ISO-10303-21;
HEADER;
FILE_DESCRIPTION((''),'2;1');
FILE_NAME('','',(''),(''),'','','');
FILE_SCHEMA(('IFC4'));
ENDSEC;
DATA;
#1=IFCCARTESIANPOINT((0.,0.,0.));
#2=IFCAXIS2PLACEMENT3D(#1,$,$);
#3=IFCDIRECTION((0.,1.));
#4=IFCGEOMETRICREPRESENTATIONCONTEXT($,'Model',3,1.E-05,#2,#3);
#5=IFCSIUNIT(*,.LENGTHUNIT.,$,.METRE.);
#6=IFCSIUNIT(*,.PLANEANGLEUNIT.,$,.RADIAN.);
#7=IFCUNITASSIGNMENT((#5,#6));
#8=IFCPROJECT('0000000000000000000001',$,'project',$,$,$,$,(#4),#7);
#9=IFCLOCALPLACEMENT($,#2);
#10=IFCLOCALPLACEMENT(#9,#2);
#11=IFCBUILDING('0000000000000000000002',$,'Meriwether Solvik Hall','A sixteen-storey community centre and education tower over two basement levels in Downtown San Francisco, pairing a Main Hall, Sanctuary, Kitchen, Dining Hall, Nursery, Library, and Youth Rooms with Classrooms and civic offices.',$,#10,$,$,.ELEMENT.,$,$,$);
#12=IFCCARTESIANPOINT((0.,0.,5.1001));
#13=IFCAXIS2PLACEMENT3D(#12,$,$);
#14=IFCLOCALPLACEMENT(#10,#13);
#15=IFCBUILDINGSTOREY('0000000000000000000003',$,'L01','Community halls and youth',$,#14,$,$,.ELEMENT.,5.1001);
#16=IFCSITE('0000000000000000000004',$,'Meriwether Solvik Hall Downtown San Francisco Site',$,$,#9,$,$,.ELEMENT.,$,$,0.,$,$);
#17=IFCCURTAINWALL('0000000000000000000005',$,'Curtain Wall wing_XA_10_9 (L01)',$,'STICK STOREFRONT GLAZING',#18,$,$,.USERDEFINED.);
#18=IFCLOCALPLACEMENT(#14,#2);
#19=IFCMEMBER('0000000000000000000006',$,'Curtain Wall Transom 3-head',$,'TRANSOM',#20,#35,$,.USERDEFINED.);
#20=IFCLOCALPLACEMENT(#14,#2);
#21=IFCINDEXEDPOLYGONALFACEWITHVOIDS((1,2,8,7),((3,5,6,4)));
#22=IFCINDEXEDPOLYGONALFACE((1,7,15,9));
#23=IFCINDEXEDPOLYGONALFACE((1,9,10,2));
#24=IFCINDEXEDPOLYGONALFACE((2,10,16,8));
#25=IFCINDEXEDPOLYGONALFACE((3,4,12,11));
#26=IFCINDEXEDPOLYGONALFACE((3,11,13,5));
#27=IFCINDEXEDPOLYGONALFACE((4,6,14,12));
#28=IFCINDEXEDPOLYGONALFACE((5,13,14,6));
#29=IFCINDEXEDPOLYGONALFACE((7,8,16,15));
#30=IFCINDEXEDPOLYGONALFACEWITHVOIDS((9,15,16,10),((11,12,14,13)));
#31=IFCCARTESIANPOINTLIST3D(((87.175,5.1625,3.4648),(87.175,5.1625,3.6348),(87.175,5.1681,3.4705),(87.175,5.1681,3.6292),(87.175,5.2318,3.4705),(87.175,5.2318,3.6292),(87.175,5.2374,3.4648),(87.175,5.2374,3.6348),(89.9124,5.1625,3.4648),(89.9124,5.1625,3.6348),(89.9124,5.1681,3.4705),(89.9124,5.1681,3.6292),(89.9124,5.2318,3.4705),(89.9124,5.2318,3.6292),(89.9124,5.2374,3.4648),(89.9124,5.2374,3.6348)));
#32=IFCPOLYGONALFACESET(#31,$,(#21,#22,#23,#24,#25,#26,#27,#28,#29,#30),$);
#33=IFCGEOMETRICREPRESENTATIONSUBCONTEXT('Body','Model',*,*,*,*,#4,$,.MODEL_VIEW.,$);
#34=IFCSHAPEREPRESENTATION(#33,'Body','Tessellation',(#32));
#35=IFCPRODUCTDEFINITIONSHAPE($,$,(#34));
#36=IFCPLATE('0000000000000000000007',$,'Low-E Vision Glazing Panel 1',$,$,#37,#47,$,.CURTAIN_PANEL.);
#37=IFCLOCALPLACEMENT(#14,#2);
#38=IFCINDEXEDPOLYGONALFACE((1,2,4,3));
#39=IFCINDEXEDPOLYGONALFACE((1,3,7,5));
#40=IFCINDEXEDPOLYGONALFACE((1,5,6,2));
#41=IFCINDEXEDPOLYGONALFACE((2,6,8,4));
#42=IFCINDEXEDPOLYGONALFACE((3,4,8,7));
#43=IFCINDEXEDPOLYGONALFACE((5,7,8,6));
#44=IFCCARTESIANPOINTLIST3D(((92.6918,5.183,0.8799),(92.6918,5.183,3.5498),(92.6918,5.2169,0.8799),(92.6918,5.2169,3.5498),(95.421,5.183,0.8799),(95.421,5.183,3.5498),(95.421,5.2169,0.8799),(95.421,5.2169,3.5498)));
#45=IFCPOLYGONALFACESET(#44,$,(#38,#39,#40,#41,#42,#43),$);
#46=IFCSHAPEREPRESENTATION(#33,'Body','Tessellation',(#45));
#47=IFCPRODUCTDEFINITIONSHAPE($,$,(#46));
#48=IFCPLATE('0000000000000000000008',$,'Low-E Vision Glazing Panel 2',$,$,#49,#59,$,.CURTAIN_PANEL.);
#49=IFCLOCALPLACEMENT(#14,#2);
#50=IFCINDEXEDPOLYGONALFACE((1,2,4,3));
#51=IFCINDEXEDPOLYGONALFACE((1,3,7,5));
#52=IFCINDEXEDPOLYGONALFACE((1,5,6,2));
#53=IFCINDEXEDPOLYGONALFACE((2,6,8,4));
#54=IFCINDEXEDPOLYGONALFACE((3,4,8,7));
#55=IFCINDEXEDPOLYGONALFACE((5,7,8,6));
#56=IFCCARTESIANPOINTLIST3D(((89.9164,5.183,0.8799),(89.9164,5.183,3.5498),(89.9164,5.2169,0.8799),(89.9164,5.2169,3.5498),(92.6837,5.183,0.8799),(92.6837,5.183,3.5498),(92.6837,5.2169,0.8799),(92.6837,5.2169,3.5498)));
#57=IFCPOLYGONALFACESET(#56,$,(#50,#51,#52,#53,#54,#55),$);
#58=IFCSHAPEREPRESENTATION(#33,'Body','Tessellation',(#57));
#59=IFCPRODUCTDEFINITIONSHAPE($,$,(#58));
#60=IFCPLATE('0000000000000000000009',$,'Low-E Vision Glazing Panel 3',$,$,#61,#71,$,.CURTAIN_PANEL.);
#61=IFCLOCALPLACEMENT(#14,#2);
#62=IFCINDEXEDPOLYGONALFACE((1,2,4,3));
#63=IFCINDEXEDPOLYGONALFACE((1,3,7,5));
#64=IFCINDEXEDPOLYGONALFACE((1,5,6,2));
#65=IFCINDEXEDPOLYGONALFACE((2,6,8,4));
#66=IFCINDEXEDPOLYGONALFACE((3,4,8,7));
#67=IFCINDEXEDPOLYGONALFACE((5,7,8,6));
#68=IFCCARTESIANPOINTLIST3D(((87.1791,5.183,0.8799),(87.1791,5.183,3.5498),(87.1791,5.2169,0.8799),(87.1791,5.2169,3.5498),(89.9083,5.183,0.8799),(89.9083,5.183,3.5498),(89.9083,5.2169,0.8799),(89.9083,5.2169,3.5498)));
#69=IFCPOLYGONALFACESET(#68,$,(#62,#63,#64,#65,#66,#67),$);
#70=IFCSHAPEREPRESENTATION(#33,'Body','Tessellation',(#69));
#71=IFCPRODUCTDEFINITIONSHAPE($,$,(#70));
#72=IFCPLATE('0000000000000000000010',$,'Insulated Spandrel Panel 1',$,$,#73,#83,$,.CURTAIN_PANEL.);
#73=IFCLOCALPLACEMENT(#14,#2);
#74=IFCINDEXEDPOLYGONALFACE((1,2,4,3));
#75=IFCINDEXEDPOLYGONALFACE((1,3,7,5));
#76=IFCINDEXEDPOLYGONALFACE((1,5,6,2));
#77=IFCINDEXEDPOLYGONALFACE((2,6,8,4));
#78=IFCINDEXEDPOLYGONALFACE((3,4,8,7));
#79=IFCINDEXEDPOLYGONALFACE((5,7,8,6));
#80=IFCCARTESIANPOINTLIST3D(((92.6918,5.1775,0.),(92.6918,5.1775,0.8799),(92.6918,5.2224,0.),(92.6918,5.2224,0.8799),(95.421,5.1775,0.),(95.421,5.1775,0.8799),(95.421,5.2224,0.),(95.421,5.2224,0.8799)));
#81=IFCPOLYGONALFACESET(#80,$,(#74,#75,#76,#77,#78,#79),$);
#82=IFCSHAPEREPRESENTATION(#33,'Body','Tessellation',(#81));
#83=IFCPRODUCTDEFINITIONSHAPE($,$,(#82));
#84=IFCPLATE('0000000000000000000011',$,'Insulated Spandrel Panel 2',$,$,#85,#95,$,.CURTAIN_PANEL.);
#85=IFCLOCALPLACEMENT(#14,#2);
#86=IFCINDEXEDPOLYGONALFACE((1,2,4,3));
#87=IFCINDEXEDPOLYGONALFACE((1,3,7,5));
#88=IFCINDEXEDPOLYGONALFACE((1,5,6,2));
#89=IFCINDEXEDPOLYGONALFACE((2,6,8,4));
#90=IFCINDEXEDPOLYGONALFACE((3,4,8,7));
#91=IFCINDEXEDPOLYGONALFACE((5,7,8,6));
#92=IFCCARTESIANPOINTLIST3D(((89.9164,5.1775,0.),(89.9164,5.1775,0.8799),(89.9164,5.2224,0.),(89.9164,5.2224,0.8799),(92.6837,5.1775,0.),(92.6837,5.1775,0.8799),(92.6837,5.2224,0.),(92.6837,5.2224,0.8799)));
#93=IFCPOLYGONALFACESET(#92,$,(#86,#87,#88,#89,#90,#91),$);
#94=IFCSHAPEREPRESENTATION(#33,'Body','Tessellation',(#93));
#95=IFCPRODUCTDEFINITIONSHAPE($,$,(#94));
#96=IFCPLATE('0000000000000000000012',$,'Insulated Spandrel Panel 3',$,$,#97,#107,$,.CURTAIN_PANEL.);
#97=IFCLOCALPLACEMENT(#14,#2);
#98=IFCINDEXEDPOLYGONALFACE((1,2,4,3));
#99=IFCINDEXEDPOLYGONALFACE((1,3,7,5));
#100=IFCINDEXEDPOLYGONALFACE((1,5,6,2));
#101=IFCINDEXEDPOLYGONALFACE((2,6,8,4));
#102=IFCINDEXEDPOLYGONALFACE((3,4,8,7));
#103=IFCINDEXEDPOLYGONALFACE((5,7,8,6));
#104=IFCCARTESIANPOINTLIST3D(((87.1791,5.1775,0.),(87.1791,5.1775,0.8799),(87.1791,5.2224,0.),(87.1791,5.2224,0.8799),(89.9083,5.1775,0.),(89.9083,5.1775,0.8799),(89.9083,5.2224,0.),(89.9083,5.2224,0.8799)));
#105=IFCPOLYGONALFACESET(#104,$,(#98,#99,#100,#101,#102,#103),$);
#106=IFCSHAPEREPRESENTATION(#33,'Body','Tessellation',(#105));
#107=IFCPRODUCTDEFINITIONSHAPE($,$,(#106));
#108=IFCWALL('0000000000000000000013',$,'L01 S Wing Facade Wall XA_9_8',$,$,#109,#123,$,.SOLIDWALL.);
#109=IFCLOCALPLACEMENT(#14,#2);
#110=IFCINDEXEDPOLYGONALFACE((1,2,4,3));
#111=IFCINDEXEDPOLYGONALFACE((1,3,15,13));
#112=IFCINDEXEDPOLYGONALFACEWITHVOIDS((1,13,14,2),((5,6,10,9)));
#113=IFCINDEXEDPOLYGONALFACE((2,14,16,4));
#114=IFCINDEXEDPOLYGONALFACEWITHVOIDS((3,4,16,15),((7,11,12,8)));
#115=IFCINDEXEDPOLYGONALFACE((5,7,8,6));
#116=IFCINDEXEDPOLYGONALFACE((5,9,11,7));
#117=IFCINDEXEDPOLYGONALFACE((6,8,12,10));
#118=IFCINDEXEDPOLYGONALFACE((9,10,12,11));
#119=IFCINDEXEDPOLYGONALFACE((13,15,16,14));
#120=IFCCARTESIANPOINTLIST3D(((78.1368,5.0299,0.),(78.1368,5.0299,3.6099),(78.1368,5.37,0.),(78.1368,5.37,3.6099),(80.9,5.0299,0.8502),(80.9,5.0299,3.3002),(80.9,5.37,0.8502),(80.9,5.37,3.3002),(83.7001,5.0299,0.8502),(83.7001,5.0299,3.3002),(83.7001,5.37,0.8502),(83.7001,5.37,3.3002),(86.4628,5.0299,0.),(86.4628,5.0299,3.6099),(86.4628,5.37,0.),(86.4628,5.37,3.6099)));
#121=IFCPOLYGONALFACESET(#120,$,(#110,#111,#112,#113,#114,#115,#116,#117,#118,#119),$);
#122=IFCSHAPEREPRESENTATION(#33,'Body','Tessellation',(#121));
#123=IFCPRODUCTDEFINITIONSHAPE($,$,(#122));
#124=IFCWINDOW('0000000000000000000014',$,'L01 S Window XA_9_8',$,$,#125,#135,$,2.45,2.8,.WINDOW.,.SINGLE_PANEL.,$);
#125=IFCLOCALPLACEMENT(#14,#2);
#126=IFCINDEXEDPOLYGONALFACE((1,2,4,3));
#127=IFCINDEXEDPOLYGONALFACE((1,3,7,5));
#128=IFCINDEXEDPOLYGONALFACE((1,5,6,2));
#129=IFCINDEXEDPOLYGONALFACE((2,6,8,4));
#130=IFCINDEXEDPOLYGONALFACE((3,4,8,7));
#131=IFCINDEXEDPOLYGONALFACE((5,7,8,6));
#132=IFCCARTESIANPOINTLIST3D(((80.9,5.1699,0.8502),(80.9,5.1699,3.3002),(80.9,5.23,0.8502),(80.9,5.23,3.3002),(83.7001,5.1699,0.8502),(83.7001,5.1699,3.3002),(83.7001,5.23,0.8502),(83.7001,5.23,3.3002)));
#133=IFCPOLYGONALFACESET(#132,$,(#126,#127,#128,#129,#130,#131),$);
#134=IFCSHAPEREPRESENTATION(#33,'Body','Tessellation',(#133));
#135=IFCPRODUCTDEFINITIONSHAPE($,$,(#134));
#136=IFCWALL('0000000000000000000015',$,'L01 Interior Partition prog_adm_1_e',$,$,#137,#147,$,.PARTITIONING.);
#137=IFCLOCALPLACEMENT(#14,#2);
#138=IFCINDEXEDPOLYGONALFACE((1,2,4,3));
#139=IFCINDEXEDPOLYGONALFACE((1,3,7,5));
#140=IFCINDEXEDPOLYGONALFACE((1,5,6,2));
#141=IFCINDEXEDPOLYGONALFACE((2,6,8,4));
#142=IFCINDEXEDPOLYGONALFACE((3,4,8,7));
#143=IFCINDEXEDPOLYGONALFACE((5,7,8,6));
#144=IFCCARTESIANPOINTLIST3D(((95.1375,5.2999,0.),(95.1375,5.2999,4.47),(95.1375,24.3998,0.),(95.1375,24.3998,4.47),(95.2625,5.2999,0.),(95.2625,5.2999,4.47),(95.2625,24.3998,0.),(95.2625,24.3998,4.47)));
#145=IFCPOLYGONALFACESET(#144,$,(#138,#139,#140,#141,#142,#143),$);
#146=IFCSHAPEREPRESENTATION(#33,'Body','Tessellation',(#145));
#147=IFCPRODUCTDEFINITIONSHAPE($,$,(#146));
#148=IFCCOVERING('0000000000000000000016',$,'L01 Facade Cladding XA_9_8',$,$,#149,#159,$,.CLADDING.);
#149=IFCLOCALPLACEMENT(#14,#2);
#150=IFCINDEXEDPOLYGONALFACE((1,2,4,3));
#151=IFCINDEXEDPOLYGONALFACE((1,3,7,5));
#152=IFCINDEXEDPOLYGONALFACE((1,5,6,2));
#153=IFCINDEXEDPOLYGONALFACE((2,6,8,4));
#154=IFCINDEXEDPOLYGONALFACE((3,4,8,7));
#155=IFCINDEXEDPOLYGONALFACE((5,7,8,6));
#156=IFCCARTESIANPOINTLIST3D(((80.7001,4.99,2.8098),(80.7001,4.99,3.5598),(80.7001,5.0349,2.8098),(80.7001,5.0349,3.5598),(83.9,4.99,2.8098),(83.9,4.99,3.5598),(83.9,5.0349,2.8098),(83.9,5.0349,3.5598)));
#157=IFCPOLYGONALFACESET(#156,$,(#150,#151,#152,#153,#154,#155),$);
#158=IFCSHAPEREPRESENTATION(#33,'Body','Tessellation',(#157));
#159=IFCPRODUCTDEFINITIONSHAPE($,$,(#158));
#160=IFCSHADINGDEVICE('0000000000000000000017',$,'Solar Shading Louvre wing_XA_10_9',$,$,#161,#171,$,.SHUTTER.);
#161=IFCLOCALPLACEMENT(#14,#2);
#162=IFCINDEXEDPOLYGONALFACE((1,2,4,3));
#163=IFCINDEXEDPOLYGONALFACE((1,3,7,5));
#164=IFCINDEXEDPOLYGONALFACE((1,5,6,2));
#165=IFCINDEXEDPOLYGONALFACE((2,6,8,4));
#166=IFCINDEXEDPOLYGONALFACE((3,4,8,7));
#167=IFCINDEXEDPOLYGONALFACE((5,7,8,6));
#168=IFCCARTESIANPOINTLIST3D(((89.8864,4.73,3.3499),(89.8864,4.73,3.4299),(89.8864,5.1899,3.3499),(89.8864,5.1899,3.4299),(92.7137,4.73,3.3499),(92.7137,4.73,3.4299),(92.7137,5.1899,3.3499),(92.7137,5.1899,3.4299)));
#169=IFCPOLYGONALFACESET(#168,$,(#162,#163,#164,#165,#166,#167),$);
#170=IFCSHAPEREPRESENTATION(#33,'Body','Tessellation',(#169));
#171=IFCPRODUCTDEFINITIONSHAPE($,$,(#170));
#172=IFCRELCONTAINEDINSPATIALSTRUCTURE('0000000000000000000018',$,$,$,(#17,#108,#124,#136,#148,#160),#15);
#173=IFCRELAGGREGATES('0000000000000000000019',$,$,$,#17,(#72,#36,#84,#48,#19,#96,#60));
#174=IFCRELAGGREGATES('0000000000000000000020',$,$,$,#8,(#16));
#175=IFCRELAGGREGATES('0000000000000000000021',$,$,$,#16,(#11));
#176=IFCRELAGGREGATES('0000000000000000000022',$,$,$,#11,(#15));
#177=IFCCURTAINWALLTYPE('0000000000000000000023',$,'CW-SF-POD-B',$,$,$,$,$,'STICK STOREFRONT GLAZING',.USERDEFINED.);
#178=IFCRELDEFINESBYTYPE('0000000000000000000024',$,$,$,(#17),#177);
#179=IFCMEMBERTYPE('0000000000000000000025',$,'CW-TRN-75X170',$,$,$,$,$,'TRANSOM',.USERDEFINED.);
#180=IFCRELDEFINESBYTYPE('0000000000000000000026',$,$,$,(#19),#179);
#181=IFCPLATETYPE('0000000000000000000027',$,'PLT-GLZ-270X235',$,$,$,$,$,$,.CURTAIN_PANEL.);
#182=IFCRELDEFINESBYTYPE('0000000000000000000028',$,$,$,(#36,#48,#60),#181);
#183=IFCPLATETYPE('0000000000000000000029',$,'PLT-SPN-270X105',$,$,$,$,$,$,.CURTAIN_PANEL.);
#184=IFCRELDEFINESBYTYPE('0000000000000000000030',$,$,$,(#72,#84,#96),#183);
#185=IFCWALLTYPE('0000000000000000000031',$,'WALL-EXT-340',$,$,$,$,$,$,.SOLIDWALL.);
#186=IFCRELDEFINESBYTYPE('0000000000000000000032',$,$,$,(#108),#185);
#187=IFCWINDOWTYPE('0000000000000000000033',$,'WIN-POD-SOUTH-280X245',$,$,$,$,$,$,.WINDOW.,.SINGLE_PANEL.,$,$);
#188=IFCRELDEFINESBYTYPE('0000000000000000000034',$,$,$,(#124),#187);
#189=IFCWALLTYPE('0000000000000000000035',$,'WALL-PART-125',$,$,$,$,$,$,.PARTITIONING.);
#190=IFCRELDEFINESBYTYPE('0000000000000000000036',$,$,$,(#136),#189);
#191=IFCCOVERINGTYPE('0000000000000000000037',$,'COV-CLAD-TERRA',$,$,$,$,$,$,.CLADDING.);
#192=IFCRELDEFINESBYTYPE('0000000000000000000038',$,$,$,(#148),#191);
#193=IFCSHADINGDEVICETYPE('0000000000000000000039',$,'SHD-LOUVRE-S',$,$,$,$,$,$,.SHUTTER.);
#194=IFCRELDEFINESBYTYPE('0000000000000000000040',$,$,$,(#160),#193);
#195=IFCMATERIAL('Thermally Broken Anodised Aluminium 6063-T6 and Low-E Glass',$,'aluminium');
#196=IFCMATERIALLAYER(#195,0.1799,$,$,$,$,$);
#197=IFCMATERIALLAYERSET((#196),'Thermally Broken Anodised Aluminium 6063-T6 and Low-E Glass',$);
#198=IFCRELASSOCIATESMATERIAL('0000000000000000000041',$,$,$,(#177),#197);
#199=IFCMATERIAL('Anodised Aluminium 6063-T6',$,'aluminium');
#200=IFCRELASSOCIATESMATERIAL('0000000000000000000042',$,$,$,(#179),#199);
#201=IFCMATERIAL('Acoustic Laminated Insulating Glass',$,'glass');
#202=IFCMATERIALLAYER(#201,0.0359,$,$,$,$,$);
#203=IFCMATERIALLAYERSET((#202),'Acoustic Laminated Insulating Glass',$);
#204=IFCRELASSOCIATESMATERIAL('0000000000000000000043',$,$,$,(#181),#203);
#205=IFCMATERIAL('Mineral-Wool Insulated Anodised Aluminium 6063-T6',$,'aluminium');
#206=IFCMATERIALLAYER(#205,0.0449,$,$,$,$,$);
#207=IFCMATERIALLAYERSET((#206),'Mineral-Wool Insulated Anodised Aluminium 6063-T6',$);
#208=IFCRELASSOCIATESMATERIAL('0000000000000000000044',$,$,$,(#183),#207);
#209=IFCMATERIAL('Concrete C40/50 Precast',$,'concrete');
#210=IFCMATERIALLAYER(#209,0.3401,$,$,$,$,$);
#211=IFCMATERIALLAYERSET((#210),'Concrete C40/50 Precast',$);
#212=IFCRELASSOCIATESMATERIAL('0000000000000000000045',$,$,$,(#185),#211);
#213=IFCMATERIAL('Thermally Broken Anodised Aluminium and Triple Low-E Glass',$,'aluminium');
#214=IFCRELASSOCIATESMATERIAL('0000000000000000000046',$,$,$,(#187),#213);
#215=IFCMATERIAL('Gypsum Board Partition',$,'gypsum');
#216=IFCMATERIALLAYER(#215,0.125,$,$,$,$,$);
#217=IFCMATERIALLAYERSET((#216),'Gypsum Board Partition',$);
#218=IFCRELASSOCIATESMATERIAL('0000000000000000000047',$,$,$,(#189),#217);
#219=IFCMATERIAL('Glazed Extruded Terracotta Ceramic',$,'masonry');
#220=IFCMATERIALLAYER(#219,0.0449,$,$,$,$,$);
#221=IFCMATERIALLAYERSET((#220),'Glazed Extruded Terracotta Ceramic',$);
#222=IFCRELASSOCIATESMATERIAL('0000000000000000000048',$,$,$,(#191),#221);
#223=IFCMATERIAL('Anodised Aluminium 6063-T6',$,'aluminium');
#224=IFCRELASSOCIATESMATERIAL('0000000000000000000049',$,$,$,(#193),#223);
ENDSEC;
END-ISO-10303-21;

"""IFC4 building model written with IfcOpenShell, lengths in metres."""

from ifc_helpers import new_model, si_unit, direction, frame, frame_2d, origin, origin_2d, place, context, subcontext, project, spatial, rectangle, hollow_rectangle, extrude, material, layer, layer_set, material_profile, profile_set, type_object, element, fill, aggregate, save


model = new_model("IFC4")

# Units and contexts
model_context = context("Model", 3, precision=1e-05, world=origin(), true_north=direction((0.0, 1.0)))
body_context = subcontext(model_context, "Body", "Model", "MODEL_VIEW")
ifc_project = project(units=[si_unit("LENGTHUNIT", "METRE"), si_unit("PLANEANGLEUNIT", "RADIAN")], contexts=[model_context])

# Site, building, storey
site_placement = place(None, origin())
site = spatial("IfcSite", under=ifc_project, at=site_placement, Name="Meriwether Solvik Hall Downtown San Francisco Site", CompositionType="ELEMENT", RefElevation=0.0)
building_placement = place(site_placement, origin())
building = spatial("IfcBuilding", under=site, at=building_placement, Name="Meriwether Solvik Hall", Description="A sixteen-storey community centre and education tower over two basement levels in Downtown San Francisco, pairing a Main Hall, Sanctuary, Kitchen, Dining Hall, Nursery, Library, and Youth Rooms with Classrooms and civic offices.", CompositionType="ELEMENT")
storey_placement = place(building_placement, frame((0.0, 0.0, 5.1001)))
storey = spatial("IfcBuildingStorey", under=building, at=storey_placement, Name="L01", Description="Community halls and youth", CompositionType="ELEMENT", Elevation=5.1001)

# Curtain wall, member, plates
ifc_material_1 = material(Name="Thermally Broken Anodised Aluminium 6063-T6 and Low-E Glass", Category="aluminium")
ifc_layer_1 = layer(ifc_material_1, 0.1799)
ifc_layer_set_1 = layer_set([ifc_layer_1], Name="Thermally Broken Anodised Aluminium 6063-T6 and Low-E Glass")
curtain_wall_type = type_object("IfcCurtainWallType", Name="CW-SF-POD-B", ElementType="STICK STOREFRONT GLAZING", PredefinedType="USERDEFINED", material=ifc_layer_set_1)
curtain_wall_placement = place(storey_placement, origin())
curtain_wall = element("IfcCurtainWall", 1, at=curtain_wall_placement, inside=storey, type_object=curtain_wall_type, Name="Curtain Wall wing_XA_10_9 (L01)", ObjectType="STICK STOREFRONT GLAZING", PredefinedType="USERDEFINED")
ifc_material_2 = material(Name="Anodised Aluminium 6063-T6", Category="aluminium")
ifc_material_profile_1 = material_profile(ifc_material_2, hollow_rectangle(XDim=0.075, YDim=0.1699, WallThickness=0.0056, at=origin_2d()), Name="CWT-75X170")
ifc_profile_set_1 = profile_set([ifc_material_profile_1], Name="Anodised Aluminium 6063-T6")
member_type_1 = type_object("IfcMemberType", Name="CW-TRN-75X170", ElementType="TRANSOM", PredefinedType="USERDEFINED", material=ifc_profile_set_1)
member_1_placement = place(storey_placement, frame((89.9124, 5.2, 3.5498), z_axis=(-1.0, 0.0, 0.0), x_axis=(0.0, -1.0, 0.0)))
member_1 = element("IfcMember", 2, at=member_1_placement, type_object=member_type_1, Name="Curtain Wall Transom 3-head", ObjectType="TRANSOM", PredefinedType="USERDEFINED", context=body_context, shape_type="SweptSolid", body=[
    extrude(hollow_rectangle(XDim=0.075, YDim=0.1699, WallThickness=0.0056, at=origin_2d()), origin(), (0.0, 0.0, 1.0), 2.7373),
])
ifc_material_3 = material(Name="Acoustic Laminated Insulating Glass", Category="glass")
ifc_layer_2 = layer(ifc_material_3, 0.0359)
ifc_layer_set_2 = layer_set([ifc_layer_2], Name="Acoustic Laminated Insulating Glass")
plate_type_1 = type_object("IfcPlateType", Name="PLT-GLZ-270X235", PredefinedType="CURTAIN_PANEL", material=ifc_layer_set_2)
plate_1_placement = place(storey_placement, frame((94.0564, 5.2, 0.8799), z_axis=(0.0, 0.0, 1.0), x_axis=(-1.0, 0.0, 0.0)))
plate_1 = element("IfcPlate", 3, at=plate_1_placement, type_object=plate_type_1, Name="Low-E Vision Glazing Panel 1", PredefinedType="CURTAIN_PANEL", context=body_context, shape_type="SweptSolid", body=[
    extrude(rectangle(XDim=2.7292, YDim=0.0339, at=origin_2d()), origin(), (0.0, 0.0, 1.0), 2.6699),
])
plate_2_placement = place(storey_placement, frame((91.3, 5.2, 0.8799), z_axis=(0.0, 0.0, 1.0), x_axis=(-1.0, 0.0, 0.0)))
plate_2 = element("IfcPlate", 4, at=plate_2_placement, type_object=plate_type_1, Name="Low-E Vision Glazing Panel 2", PredefinedType="CURTAIN_PANEL", context=body_context, shape_type="SweptSolid", body=[
    extrude(rectangle(XDim=2.7673, YDim=0.0339, at=origin_2d()), origin(), (0.0, 0.0, 1.0), 2.6699),
])
plate_3_placement = place(storey_placement, frame((88.5437, 5.2, 0.8799), z_axis=(0.0, 0.0, 1.0), x_axis=(-1.0, 0.0, 0.0)))
plate_3 = element("IfcPlate", 5, at=plate_3_placement, type_object=plate_type_1, Name="Low-E Vision Glazing Panel 3", PredefinedType="CURTAIN_PANEL", context=body_context, shape_type="SweptSolid", body=[
    extrude(rectangle(XDim=2.7292, YDim=0.0339, at=origin_2d()), origin(), (0.0, 0.0, 1.0), 2.6699),
])
ifc_material_4 = material(Name="Mineral-Wool Insulated Anodised Aluminium 6063-T6", Category="aluminium")
ifc_layer_3 = layer(ifc_material_4, 0.0449)
ifc_layer_set_3 = layer_set([ifc_layer_3], Name="Mineral-Wool Insulated Anodised Aluminium 6063-T6")
plate_type_2 = type_object("IfcPlateType", Name="PLT-SPN-270X105", PredefinedType="CURTAIN_PANEL", material=ifc_layer_set_3)
plate_4_placement = place(storey_placement, frame((94.0564, 5.2, 0.0), z_axis=(0.0, 0.0, 1.0), x_axis=(-1.0, 0.0, 0.0)))
plate_4 = element("IfcPlate", 6, at=plate_4_placement, type_object=plate_type_2, Name="Insulated Spandrel Panel 1", PredefinedType="CURTAIN_PANEL", context=body_context, shape_type="SweptSolid", body=[
    extrude(rectangle(XDim=2.7292, YDim=0.0449, at=origin_2d()), origin(), (0.0, 0.0, 1.0), 0.8799),
])
plate_5_placement = place(storey_placement, frame((91.3, 5.2, 0.0), z_axis=(0.0, 0.0, 1.0), x_axis=(-1.0, 0.0, 0.0)))
plate_5 = element("IfcPlate", 7, at=plate_5_placement, type_object=plate_type_2, Name="Insulated Spandrel Panel 2", PredefinedType="CURTAIN_PANEL", context=body_context, shape_type="SweptSolid", body=[
    extrude(rectangle(XDim=2.7673, YDim=0.0449, at=origin_2d()), origin(), (0.0, 0.0, 1.0), 0.8799),
])
plate_6_placement = place(storey_placement, frame((88.5437, 5.2, 0.0), z_axis=(0.0, 0.0, 1.0), x_axis=(-1.0, 0.0, 0.0)))
plate_6 = element("IfcPlate", 8, at=plate_6_placement, type_object=plate_type_2, Name="Insulated Spandrel Panel 3", PredefinedType="CURTAIN_PANEL", context=body_context, shape_type="SweptSolid", body=[
    extrude(rectangle(XDim=2.7292, YDim=0.0449, at=origin_2d()), origin(), (0.0, 0.0, 1.0), 0.8799),
])
aggregate(curtain_wall, [plate_4, plate_1, plate_5, plate_2, member_1, plate_6, plate_3])

# Wall, opening, window
ifc_material_5 = material(Name="Concrete C40/50 Precast", Category="concrete")
ifc_layer_4 = layer(ifc_material_5, 0.3401)
ifc_layer_set_4 = layer_set([ifc_layer_4], Name="Concrete C40/50 Precast")
wall_type_1 = type_object("IfcWallType", Name="WALL-EXT-340", PredefinedType="SOLIDWALL", material=ifc_layer_set_4)
wall_1_placement = place(storey_placement, frame((86.4629, 5.2, 0.0), z_axis=(0.0, 0.0, 1.0), x_axis=(-1.0, 0.0, 0.0)))
wall_1 = element("IfcWall", 9, at=wall_1_placement, inside=storey, type_object=wall_type_1, Name="L01 S Wing Facade Wall XA_9_8", PredefinedType="SOLIDWALL", context=body_context, shape_type="SweptSolid", body=[
    extrude(rectangle(XDim=8.3259, YDim=0.3401, at=frame_2d((4.1631, 0.0))), origin(), (0.0, 0.0, 1.0), 3.6099),
])
opening_placement = place(wall_1_placement, frame((2.7629, 0.0, 0.8501)))
opening = element("IfcOpeningElement", 10, at=opening_placement, cuts=wall_1, PredefinedType="OPENING", context=body_context, shape_type="SweptSolid", body=[
    extrude(rectangle(XDim=2.8, YDim=2.45, at=frame_2d((1.3999, 1.2251))), frame((0.0, 0.1821, 0.0), z_axis=(0.0, -1.0, 0.0), x_axis=(1.0, 0.0, 0.0)), (0.0, 0.0, 1.0), 0.364),
])
ifc_material_6 = material(Name="Thermally Broken Anodised Aluminium and Triple Low-E Glass", Category="aluminium")
window_type = type_object("IfcWindowType", Name="WIN-POD-SOUTH-280X245", PartitioningType="SINGLE_PANEL", PredefinedType="WINDOW", material=ifc_material_6)
window_placement = place(opening_placement, origin())
window = element("IfcWindow", 11, at=window_placement, inside=storey, type_object=window_type, Name="L01 S Window XA_9_8", OverallHeight=2.45, OverallWidth=2.8, PartitioningType="SINGLE_PANEL", PredefinedType="WINDOW", context=body_context, shape_type="SweptSolid", body=[
    extrude(rectangle(XDim=2.8, YDim=2.45, at=frame_2d((1.3999, 1.2251))), frame((0.0, 0.03, 0.0), z_axis=(0.0, -1.0, 0.0), x_axis=(1.0, 0.0, 0.0)), (0.0, 0.0, 1.0), 0.0601),
])
fill(opening, window)

# Wall
ifc_material_7 = material(Name="Gypsum Board Partition", Category="gypsum")
ifc_layer_5 = layer(ifc_material_7, 0.125)
ifc_layer_set_5 = layer_set([ifc_layer_5], Name="Gypsum Board Partition")
wall_type_2 = type_object("IfcWallType", Name="WALL-PART-125", PredefinedType="PARTITIONING", material=ifc_layer_set_5)
wall_2_placement = place(storey_placement, frame((95.2, 5.3, 0.0), z_axis=(0.0, 0.0, 1.0), x_axis=(0.0, 1.0, 0.0)))
element("IfcWall", 12, at=wall_2_placement, inside=storey, type_object=wall_type_2, Name="L01 Interior Partition prog_adm_1_e", PredefinedType="PARTITIONING", context=body_context, shape_type="SweptSolid", body=[
    extrude(rectangle(XDim=19.0999, YDim=0.125, at=frame_2d((9.5498, 0.0))), origin(), (0.0, 0.0, 1.0), 4.47),
])

# Covering
ifc_material_8 = material(Name="Glazed Extruded Terracotta Ceramic", Category="masonry")
ifc_layer_6 = layer(ifc_material_8, 0.0449)
ifc_layer_set_6 = layer_set([ifc_layer_6], Name="Glazed Extruded Terracotta Ceramic")
covering_type = type_object("IfcCoveringType", Name="COV-CLAD-TERRA", PredefinedType="CLADDING", material=ifc_layer_set_6)
covering_placement = place(storey_placement, frame((82.3, 5.0125, 2.8098), z_axis=(0.0, 0.0, 1.0), x_axis=(-1.0, 0.0, 0.0)))
element("IfcCovering", 13, at=covering_placement, inside=storey, type_object=covering_type, Name="L01 Facade Cladding XA_9_8", PredefinedType="CLADDING", context=body_context, shape_type="SweptSolid", body=[
    extrude(rectangle(XDim=3.2, YDim=0.0449, at=origin_2d()), origin(), (0.0, 0.0, 1.0), 0.75),
])

# Shading device
ifc_material_9 = material(Name="Anodised Aluminium 6063-T6", Category="aluminium")
shading_device_type = type_object("IfcShadingDeviceType", Name="SHD-LOUVRE-S", PredefinedType="SHUTTER", material=ifc_material_9)
shading_device_placement = place(storey_placement, frame((91.3, 4.96, 3.3499), z_axis=(0.0, 0.0, 1.0), x_axis=(-1.0, 0.0, 0.0)))
element("IfcShadingDevice", 14, at=shading_device_placement, inside=storey, type_object=shading_device_type, Name="Solar Shading Louvre wing_XA_10_9", PredefinedType="SHUTTER", context=body_context, shape_type="SweptSolid", body=[
    extrude(rectangle(XDim=2.8274, YDim=0.46, at=origin_2d()), origin(), (0.0, 0.0, 1.0), 0.0801),
])

save(model, "model.ifc")
